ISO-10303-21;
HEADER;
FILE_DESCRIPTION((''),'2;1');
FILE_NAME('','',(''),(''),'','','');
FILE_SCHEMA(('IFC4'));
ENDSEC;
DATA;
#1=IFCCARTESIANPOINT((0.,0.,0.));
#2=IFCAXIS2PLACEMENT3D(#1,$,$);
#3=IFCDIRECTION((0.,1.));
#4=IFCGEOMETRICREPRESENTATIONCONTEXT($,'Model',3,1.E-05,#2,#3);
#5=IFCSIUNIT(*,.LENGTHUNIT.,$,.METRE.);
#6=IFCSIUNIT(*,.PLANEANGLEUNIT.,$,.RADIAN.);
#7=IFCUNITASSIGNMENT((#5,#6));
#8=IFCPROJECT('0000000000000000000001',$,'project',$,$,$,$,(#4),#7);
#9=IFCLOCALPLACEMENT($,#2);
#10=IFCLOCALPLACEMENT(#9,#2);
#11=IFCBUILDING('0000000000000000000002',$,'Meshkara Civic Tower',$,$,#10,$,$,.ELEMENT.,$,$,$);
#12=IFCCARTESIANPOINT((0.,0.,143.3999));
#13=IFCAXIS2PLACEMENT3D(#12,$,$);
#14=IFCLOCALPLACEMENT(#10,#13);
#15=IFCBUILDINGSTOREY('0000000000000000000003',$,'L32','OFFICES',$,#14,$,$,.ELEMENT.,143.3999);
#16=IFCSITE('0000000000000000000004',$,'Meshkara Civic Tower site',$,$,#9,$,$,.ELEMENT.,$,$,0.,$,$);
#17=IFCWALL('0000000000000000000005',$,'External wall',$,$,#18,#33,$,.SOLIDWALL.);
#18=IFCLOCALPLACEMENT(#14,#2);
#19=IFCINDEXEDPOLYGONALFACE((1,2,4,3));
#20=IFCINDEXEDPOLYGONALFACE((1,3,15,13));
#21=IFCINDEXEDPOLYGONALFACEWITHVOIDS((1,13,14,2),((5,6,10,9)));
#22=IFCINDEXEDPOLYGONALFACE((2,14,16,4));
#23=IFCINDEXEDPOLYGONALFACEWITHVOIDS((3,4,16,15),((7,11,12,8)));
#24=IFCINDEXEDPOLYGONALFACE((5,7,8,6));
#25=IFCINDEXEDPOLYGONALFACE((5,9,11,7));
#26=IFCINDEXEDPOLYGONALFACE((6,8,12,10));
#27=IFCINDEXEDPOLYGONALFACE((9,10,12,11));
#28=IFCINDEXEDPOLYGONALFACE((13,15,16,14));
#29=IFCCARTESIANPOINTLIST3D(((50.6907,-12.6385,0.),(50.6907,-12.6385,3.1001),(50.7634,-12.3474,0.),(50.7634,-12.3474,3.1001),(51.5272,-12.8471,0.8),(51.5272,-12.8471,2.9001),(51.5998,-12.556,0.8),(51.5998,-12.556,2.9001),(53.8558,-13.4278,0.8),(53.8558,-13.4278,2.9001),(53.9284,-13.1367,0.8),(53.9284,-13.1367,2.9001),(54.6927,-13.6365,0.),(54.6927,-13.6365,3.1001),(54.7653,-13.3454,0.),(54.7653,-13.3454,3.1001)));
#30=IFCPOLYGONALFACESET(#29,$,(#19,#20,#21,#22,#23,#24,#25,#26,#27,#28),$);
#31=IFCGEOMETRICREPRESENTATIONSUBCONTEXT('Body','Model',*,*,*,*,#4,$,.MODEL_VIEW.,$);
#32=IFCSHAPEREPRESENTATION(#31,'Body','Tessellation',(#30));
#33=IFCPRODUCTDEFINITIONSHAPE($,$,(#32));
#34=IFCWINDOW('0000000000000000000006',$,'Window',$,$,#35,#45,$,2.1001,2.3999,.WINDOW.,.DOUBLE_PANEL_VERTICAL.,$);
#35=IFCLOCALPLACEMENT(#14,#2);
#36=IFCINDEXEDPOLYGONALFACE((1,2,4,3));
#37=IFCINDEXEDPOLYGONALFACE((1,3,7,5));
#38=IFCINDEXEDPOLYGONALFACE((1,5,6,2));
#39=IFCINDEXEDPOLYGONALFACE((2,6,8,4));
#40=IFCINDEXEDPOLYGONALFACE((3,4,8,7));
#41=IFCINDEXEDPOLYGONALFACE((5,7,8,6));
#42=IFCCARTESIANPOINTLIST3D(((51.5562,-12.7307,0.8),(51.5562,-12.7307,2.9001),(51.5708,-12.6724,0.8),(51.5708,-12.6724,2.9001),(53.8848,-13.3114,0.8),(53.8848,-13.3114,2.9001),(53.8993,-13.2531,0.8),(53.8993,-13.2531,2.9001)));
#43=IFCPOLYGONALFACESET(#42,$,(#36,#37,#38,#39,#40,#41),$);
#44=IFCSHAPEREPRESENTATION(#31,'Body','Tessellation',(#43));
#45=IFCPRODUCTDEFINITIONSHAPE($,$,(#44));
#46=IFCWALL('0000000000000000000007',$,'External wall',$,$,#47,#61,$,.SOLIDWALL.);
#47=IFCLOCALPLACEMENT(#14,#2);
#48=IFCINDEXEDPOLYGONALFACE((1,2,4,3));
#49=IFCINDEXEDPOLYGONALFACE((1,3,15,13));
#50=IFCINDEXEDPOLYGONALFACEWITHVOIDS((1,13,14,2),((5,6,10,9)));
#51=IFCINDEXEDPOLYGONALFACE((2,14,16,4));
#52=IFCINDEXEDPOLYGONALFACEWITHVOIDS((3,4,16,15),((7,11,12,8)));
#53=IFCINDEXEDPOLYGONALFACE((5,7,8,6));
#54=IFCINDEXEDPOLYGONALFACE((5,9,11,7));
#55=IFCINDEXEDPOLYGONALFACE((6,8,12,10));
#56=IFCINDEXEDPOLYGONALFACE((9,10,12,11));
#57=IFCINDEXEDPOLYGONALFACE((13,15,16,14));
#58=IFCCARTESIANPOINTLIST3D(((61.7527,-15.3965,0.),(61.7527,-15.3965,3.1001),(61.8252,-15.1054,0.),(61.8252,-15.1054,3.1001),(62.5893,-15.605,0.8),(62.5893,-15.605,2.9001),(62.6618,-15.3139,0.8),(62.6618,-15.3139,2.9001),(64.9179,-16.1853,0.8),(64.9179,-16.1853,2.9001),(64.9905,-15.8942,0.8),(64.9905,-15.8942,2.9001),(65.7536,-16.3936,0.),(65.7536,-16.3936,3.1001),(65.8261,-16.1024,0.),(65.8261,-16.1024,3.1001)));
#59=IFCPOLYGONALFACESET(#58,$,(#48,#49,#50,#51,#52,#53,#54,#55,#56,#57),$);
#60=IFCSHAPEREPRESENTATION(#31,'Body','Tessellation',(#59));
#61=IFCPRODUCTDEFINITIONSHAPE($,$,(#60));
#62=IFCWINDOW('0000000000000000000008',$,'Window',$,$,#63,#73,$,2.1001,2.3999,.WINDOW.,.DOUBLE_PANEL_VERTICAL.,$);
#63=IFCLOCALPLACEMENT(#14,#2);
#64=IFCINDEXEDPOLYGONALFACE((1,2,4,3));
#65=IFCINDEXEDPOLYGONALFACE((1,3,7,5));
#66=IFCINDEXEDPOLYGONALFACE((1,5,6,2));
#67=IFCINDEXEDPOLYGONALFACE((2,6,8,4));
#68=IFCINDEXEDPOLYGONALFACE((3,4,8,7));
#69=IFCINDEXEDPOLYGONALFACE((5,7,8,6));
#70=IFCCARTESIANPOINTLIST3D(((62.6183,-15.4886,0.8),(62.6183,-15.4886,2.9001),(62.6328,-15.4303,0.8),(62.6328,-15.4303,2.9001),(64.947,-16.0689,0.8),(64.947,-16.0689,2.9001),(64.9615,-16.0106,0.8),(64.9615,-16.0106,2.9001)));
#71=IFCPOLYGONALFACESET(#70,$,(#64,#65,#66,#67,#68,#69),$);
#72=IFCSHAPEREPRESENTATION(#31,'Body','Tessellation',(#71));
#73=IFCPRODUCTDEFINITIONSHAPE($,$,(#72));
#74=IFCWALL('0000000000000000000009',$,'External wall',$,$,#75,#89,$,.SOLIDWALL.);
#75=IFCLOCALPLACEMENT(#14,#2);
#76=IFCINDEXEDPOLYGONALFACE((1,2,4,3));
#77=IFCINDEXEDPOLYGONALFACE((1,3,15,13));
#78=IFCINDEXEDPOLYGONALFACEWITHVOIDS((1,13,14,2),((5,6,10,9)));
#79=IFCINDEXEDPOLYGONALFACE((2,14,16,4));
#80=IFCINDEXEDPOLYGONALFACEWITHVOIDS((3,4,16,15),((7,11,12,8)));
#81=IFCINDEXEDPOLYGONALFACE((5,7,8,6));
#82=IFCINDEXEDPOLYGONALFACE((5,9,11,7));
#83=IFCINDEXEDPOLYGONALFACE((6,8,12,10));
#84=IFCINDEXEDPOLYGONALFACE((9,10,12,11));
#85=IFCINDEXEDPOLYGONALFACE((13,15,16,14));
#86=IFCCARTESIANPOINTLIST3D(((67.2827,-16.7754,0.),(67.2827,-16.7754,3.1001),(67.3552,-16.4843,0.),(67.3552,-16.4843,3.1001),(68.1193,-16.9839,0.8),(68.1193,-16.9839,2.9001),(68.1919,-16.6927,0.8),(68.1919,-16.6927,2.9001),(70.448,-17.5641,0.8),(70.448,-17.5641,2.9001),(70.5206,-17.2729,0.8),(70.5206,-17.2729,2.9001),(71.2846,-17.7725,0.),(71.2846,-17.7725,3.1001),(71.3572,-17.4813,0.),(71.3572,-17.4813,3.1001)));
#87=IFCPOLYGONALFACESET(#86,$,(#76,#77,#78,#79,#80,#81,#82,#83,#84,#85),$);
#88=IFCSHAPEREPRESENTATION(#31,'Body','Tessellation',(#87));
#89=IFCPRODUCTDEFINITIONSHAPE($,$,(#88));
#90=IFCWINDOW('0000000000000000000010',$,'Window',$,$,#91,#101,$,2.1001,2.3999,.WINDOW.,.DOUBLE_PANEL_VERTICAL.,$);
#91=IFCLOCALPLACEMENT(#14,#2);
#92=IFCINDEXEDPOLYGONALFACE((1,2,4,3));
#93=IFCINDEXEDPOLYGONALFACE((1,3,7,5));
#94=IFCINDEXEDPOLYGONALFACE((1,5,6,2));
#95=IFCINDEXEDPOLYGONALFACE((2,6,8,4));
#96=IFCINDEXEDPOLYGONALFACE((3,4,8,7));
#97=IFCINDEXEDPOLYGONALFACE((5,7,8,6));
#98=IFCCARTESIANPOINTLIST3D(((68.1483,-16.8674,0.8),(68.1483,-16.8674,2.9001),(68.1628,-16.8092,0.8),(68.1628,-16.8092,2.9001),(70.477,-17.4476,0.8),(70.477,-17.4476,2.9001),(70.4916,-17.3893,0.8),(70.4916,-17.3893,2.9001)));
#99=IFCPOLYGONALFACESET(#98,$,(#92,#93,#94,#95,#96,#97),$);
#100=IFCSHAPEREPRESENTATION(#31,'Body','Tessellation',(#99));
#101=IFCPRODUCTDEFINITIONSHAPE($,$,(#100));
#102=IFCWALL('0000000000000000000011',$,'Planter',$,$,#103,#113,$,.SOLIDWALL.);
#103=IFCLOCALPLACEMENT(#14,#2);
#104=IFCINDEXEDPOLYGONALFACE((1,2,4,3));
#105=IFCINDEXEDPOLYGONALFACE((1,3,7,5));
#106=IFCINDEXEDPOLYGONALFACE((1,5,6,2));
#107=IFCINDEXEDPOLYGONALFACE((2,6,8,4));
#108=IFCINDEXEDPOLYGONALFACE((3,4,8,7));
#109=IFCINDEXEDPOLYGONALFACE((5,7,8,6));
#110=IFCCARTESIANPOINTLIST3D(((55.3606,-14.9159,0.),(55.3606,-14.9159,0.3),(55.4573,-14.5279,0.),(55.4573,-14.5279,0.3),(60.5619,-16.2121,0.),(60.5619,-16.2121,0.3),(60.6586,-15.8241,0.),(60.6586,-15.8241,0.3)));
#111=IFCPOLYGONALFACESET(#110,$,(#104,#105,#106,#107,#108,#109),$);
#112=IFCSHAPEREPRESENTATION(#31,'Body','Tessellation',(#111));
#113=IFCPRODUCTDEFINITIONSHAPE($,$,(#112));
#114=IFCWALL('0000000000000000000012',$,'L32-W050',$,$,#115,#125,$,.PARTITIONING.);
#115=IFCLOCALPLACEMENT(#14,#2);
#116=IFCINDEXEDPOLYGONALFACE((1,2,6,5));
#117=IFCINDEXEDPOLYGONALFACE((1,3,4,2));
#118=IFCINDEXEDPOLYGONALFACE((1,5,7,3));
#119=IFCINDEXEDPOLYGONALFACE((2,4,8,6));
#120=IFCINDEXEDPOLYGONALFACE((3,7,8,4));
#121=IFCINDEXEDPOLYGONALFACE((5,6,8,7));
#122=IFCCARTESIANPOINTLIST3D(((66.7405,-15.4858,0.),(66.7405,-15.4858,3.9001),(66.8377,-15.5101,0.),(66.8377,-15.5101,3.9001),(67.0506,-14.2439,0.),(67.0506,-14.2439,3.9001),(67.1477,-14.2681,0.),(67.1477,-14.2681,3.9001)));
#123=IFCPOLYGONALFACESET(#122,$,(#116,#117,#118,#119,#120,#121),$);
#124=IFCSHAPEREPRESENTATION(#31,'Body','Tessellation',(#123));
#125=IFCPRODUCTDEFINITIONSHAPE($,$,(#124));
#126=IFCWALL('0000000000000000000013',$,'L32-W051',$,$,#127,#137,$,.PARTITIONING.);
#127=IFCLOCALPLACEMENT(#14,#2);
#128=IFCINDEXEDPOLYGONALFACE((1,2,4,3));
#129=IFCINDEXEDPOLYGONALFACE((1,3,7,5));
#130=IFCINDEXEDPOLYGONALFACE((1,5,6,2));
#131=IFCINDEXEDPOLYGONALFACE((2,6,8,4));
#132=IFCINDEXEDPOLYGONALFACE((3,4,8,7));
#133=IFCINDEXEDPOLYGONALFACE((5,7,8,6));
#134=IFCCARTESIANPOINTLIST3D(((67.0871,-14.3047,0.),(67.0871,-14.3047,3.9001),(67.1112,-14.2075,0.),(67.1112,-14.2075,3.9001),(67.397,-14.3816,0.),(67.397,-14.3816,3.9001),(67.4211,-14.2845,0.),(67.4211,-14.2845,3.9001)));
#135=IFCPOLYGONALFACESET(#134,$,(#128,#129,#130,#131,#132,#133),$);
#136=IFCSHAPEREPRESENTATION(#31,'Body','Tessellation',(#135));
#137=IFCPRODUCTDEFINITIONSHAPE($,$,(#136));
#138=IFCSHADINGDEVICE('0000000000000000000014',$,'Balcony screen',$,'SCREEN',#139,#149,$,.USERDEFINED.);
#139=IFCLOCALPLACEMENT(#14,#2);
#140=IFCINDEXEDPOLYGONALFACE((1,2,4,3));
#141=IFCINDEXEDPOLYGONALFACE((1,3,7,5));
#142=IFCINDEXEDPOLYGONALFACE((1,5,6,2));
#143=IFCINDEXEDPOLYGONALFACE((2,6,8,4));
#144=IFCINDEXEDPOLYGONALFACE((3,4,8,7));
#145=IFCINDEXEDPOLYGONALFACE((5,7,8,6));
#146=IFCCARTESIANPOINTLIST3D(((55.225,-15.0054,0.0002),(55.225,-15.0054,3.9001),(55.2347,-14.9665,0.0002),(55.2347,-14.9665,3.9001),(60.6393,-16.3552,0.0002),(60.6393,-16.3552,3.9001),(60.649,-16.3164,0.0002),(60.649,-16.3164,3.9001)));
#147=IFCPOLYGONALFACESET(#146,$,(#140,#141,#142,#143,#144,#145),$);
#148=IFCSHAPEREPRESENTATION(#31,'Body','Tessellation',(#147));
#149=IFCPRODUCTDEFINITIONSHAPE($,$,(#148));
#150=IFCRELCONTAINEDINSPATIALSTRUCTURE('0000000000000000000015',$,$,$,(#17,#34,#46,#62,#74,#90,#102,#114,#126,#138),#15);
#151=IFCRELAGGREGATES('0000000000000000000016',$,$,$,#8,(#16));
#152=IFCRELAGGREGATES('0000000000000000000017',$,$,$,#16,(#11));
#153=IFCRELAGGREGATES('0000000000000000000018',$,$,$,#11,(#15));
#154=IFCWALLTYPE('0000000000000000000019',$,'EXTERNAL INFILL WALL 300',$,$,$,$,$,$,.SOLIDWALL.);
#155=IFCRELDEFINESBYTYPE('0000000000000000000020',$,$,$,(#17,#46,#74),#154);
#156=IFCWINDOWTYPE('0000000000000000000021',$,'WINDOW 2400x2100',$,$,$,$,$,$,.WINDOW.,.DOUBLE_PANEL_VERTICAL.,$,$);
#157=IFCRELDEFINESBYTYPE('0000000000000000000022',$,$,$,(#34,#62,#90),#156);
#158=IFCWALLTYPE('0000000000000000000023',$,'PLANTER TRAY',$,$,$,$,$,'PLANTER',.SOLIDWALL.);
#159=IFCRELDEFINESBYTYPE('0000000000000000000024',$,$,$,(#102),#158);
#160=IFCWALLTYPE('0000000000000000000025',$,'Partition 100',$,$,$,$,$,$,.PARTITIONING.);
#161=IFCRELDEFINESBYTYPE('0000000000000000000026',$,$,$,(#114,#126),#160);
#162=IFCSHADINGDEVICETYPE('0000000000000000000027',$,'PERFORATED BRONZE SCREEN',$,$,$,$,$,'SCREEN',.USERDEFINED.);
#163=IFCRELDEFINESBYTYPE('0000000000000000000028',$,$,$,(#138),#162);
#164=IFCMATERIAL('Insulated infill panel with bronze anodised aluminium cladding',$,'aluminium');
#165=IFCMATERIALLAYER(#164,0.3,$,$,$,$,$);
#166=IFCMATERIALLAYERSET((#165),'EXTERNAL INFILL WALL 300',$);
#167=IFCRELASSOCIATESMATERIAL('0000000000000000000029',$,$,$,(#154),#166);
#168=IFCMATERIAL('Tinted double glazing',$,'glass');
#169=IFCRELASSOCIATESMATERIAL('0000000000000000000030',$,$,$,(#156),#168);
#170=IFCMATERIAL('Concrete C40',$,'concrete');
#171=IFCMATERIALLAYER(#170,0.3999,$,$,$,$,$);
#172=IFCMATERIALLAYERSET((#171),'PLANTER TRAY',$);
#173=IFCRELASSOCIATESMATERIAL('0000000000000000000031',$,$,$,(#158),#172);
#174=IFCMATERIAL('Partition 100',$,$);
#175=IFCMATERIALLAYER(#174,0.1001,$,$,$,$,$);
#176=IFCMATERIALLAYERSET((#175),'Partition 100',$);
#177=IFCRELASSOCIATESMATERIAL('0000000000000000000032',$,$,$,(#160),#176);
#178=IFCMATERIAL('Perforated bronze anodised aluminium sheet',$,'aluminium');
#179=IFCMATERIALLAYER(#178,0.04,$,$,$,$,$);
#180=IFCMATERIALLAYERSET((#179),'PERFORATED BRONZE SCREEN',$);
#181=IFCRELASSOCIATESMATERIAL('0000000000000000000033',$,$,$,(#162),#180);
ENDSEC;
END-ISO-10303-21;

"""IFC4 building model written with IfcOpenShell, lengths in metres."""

from ifc_helpers import new_model, si_unit, direction, frame, frame_2d, origin, origin_2d, place, context, subcontext, project, spatial, rectangle, extrude, material, layer, layer_set, type_object, element, fill, save


model = new_model("IFC4")

# Units and contexts
model_context = context("Model", 3, precision=1e-05, world=origin(), true_north=direction((0.0, 1.0)))
body_context = subcontext(model_context, "Body", "Model", "MODEL_VIEW")
ifc_project = project(units=[si_unit("LENGTHUNIT", "METRE"), si_unit("PLANEANGLEUNIT", "RADIAN")], contexts=[model_context])

# Site, building, storey
site_placement = place(None, origin())
site = spatial("IfcSite", under=ifc_project, at=site_placement, Name="Meshkara Civic Tower site", CompositionType="ELEMENT", RefElevation=0.0)
building_placement = place(site_placement, origin())
building = spatial("IfcBuilding", under=site, at=building_placement, Name="Meshkara Civic Tower", CompositionType="ELEMENT")
storey_placement = place(building_placement, frame((0.0, 0.0, 143.3999)))
storey = spatial("IfcBuildingStorey", under=building, at=storey_placement, Name="L32", Description="OFFICES", CompositionType="ELEMENT", Elevation=143.3999)

# Walls, openings, windows
ifc_material_1 = material(Name="Insulated infill panel with bronze anodised aluminium cladding", Category="aluminium")
ifc_layer_1 = layer(ifc_material_1, 0.3)
ifc_layer_set_1 = layer_set([ifc_layer_1], Name="EXTERNAL INFILL WALL 300")
wall_type_1 = type_object("IfcWallType", Name="EXTERNAL INFILL WALL 300", PredefinedType="SOLIDWALL", material=ifc_layer_set_1)
wall_1_placement = place(storey_placement, frame((50.7271, -12.4929, 0.0), z_axis=(0.0, 0.0, 1.0), x_axis=(0.970282, -0.241978, 0.0)))
wall_1 = element("IfcWall", 1, at=wall_1_placement, inside=storey, type_object=wall_type_1, Name="External wall", PredefinedType="SOLIDWALL", context=body_context, shape_type="SweptSolid", body=[
    extrude(rectangle(XDim=4.1245, YDim=0.3, at=frame_2d((2.0623, 0.0))), origin(), (0.0, 0.0, 1.0), 3.1001),
])
opening_1_placement = place(wall_1_placement, frame((0.8621, 0.0, 0.8)))
opening_1 = element("IfcOpeningElement", 2, at=opening_1_placement, cuts=wall_1, PredefinedType="OPENING", context=body_context, shape_type="SweptSolid", body=[
    extrude(rectangle(XDim=2.3999, YDim=2.1001, at=frame_2d((1.2, 1.05))), frame((0.0, 0.1599, 0.0), z_axis=(0.0, -1.0, 0.0), x_axis=(1.0, 0.0, 0.0)), (0.0, 0.0, 1.0), 0.3201),
])
ifc_material_2 = material(Name="Tinted double glazing", Category="glass")
window_type = type_object("IfcWindowType", Name="WINDOW 2400x2100", PartitioningType="DOUBLE_PANEL_VERTICAL", PredefinedType="WINDOW", material=ifc_material_2)
window_1_placement = place(opening_1_placement, origin())
window_1 = element("IfcWindow", 3, at=window_1_placement, inside=storey, type_object=window_type, Name="Window", OverallHeight=2.1001, OverallWidth=2.3999, PartitioningType="DOUBLE_PANEL_VERTICAL", PredefinedType="WINDOW", context=body_context, shape_type="SweptSolid", body=[
    extrude(rectangle(XDim=2.3999, YDim=2.1001, at=frame_2d((1.2, 1.05))), frame((0.0, 0.03, 0.0), z_axis=(0.0, -1.0, 0.0), x_axis=(1.0, 0.0, 0.0)), (0.0, 0.0, 1.0), 0.0601),
])
fill(opening_1, window_1)
wall_2_placement = place(storey_placement, frame((61.7891, -15.251, 0.0), z_axis=(0.0, 0.0, 1.0), x_axis=(0.970323, -0.241811, 0.0)))
wall_2 = element("IfcWall", 4, at=wall_2_placement, inside=storey, type_object=wall_type_1, Name="External wall", PredefinedType="SOLIDWALL", context=body_context, shape_type="SweptSolid", body=[
    extrude(rectangle(XDim=4.1233, YDim=0.3, at=frame_2d((2.0615, 0.0))), origin(), (0.0, 0.0, 1.0), 3.1001),
])
opening_2_placement = place(wall_2_placement, frame((0.8621, 0.0, 0.8)))
opening_2 = element("IfcOpeningElement", 5, at=opening_2_placement, cuts=wall_2, PredefinedType="OPENING", context=body_context, shape_type="SweptSolid", body=[
    extrude(rectangle(XDim=2.3999, YDim=2.1001, at=frame_2d((1.2, 1.05))), frame((0.0, 0.1599, 0.0), z_axis=(0.0, -1.0, 0.0), x_axis=(1.0, 0.0, 0.0)), (0.0, 0.0, 1.0), 0.3201),
])
window_2_placement = place(opening_2_placement, origin())
window_2 = element("IfcWindow", 6, at=window_2_placement, inside=storey, type_object=window_type, Name="Window", OverallHeight=2.1001, OverallWidth=2.3999, PartitioningType="DOUBLE_PANEL_VERTICAL", PredefinedType="WINDOW", context=body_context, shape_type="SweptSolid", body=[
    extrude(rectangle(XDim=2.3999, YDim=2.1001, at=frame_2d((1.2, 1.05))), frame((0.0, 0.03, 0.0), z_axis=(0.0, -1.0, 0.0), x_axis=(1.0, 0.0, 0.0)), (0.0, 0.0, 1.0), 0.0601),
])
fill(opening_2, window_2)
wall_3_placement = place(storey_placement, frame((67.3191, -16.6299, 0.0), z_axis=(0.0, 0.0, 1.0), x_axis=(0.970337, -0.241756, 0.0)))
wall_3 = element("IfcWall", 7, at=wall_3_placement, inside=storey, type_object=wall_type_1, Name="External wall", PredefinedType="SOLIDWALL", context=body_context, shape_type="SweptSolid", body=[
    extrude(rectangle(XDim=4.1243, YDim=0.3, at=frame_2d((2.062, 0.0))), origin(), (0.0, 0.0, 1.0), 3.1001),
])
opening_3_placement = place(wall_3_placement, frame((0.8621, 0.0, 0.8)))
opening_3 = element("IfcOpeningElement", 8, at=opening_3_placement, cuts=wall_3, PredefinedType="OPENING", context=body_context, shape_type="SweptSolid", body=[
    extrude(rectangle(XDim=2.3999, YDim=2.1001, at=frame_2d((1.2, 1.05))), frame((0.0, 0.1599, 0.0), z_axis=(0.0, -1.0, 0.0), x_axis=(1.0, 0.0, 0.0)), (0.0, 0.0, 1.0), 0.3201),
])
window_3_placement = place(opening_3_placement, origin())
window_3 = element("IfcWindow", 9, at=window_3_placement, inside=storey, type_object=window_type, Name="Window", OverallHeight=2.1001, OverallWidth=2.3999, PartitioningType="DOUBLE_PANEL_VERTICAL", PredefinedType="WINDOW", context=body_context, shape_type="SweptSolid", body=[
    extrude(rectangle(XDim=2.3999, YDim=2.1001, at=frame_2d((1.2, 1.05))), frame((0.0, 0.03, 0.0), z_axis=(0.0, -1.0, 0.0), x_axis=(1.0, 0.0, 0.0)), (0.0, 0.0, 1.0), 0.0601),
])
fill(opening_3, window_3)

# Walls
ifc_material_3 = material(Name="Concrete C40", Category="concrete")
ifc_layer_2 = layer(ifc_material_3, 0.3999)
ifc_layer_set_2 = layer_set([ifc_layer_2], Name="PLANTER TRAY")
wall_type_2 = type_object("IfcWallType", Name="PLANTER TRAY", ElementType="PLANTER", PredefinedType="SOLIDWALL", material=ifc_layer_set_2)
wall_4_placement = place(storey_placement, frame((55.4089, -14.7219, 0.0), z_axis=(0.0, 0.0, 1.0), x_axis=(0.970324, -0.241807, 0.0)))
element("IfcWall", 10, at=wall_4_placement, inside=storey, type_object=wall_type_2, Name="Planter", PredefinedType="SOLIDWALL", context=body_context, shape_type="SweptSolid", body=[
    extrude(rectangle(XDim=5.3604, YDim=0.3999, at=frame_2d((2.6802, 0.0))), origin(), (0.0, 0.0, 1.0), 0.3),
])
ifc_material_4 = material(Name="Partition 100")
ifc_layer_3 = layer(ifc_material_4, 0.1001)
ifc_layer_set_3 = layer_set([ifc_layer_3], Name="Partition 100")
wall_type_3 = type_object("IfcWallType", Name="Partition 100", PredefinedType="PARTITIONING", material=ifc_layer_set_3)
wall_5_placement = place(storey_placement, frame((66.7891, -15.498, 0.0), z_axis=(0.0, 0.0, 1.0), x_axis=(0.242221, 0.970221, 0.0)))
element("IfcWall", 11, at=wall_5_placement, inside=storey, type_object=wall_type_3, Name="L32-W050", PredefinedType="PARTITIONING", context=body_context, shape_type="SweptSolid", body=[
    extrude(rectangle(XDim=1.28, YDim=0.1001, at=frame_2d((0.6401, 0.0))), origin(), (0.0, 0.0, 1.0), 3.9001),
])
wall_6_placement = place(storey_placement, frame((67.0991, -14.2561, 0.0), z_axis=(0.0, 0.0, 1.0), x_axis=(0.970546, -0.240916, 0.0)))
element("IfcWall", 12, at=wall_6_placement, inside=storey, type_object=wall_type_3, Name="L32-W051", PredefinedType="PARTITIONING", context=body_context, shape_type="SweptSolid", body=[
    extrude(rectangle(XDim=0.3193, YDim=0.1001, at=frame_2d((0.1597, 0.0))), origin(), (0.0, 0.0, 1.0), 3.9001),
])

# Shading device
ifc_material_5 = material(Name="Perforated bronze anodised aluminium sheet", Category="aluminium")
ifc_layer_4 = layer(ifc_material_5, 0.04)
ifc_layer_set_4 = layer_set([ifc_layer_4], Name="PERFORATED BRONZE SCREEN")
shading_device_type = type_object("IfcShadingDeviceType", Name="PERFORATED BRONZE SCREEN", ElementType="SCREEN", PredefinedType="USERDEFINED", material=ifc_layer_set_4)
shading_device_placement = place(storey_placement, frame((57.937, -15.6609, 0.0002), z_axis=(0.0, 0.0, 1.0), x_axis=(0.9703, -0.241905, 0.0)))
element("IfcShadingDevice", 13, at=shading_device_placement, inside=storey, type_object=shading_device_type, Name="Balcony screen", ObjectType="SCREEN", PredefinedType="USERDEFINED", context=body_context, shape_type="SweptSolid", body=[
    extrude(rectangle(XDim=5.5801, YDim=0.04, at=origin_2d()), origin(), (0.0, 0.0, 1.0), 3.8999),
])

save(model, "model.ifc")
